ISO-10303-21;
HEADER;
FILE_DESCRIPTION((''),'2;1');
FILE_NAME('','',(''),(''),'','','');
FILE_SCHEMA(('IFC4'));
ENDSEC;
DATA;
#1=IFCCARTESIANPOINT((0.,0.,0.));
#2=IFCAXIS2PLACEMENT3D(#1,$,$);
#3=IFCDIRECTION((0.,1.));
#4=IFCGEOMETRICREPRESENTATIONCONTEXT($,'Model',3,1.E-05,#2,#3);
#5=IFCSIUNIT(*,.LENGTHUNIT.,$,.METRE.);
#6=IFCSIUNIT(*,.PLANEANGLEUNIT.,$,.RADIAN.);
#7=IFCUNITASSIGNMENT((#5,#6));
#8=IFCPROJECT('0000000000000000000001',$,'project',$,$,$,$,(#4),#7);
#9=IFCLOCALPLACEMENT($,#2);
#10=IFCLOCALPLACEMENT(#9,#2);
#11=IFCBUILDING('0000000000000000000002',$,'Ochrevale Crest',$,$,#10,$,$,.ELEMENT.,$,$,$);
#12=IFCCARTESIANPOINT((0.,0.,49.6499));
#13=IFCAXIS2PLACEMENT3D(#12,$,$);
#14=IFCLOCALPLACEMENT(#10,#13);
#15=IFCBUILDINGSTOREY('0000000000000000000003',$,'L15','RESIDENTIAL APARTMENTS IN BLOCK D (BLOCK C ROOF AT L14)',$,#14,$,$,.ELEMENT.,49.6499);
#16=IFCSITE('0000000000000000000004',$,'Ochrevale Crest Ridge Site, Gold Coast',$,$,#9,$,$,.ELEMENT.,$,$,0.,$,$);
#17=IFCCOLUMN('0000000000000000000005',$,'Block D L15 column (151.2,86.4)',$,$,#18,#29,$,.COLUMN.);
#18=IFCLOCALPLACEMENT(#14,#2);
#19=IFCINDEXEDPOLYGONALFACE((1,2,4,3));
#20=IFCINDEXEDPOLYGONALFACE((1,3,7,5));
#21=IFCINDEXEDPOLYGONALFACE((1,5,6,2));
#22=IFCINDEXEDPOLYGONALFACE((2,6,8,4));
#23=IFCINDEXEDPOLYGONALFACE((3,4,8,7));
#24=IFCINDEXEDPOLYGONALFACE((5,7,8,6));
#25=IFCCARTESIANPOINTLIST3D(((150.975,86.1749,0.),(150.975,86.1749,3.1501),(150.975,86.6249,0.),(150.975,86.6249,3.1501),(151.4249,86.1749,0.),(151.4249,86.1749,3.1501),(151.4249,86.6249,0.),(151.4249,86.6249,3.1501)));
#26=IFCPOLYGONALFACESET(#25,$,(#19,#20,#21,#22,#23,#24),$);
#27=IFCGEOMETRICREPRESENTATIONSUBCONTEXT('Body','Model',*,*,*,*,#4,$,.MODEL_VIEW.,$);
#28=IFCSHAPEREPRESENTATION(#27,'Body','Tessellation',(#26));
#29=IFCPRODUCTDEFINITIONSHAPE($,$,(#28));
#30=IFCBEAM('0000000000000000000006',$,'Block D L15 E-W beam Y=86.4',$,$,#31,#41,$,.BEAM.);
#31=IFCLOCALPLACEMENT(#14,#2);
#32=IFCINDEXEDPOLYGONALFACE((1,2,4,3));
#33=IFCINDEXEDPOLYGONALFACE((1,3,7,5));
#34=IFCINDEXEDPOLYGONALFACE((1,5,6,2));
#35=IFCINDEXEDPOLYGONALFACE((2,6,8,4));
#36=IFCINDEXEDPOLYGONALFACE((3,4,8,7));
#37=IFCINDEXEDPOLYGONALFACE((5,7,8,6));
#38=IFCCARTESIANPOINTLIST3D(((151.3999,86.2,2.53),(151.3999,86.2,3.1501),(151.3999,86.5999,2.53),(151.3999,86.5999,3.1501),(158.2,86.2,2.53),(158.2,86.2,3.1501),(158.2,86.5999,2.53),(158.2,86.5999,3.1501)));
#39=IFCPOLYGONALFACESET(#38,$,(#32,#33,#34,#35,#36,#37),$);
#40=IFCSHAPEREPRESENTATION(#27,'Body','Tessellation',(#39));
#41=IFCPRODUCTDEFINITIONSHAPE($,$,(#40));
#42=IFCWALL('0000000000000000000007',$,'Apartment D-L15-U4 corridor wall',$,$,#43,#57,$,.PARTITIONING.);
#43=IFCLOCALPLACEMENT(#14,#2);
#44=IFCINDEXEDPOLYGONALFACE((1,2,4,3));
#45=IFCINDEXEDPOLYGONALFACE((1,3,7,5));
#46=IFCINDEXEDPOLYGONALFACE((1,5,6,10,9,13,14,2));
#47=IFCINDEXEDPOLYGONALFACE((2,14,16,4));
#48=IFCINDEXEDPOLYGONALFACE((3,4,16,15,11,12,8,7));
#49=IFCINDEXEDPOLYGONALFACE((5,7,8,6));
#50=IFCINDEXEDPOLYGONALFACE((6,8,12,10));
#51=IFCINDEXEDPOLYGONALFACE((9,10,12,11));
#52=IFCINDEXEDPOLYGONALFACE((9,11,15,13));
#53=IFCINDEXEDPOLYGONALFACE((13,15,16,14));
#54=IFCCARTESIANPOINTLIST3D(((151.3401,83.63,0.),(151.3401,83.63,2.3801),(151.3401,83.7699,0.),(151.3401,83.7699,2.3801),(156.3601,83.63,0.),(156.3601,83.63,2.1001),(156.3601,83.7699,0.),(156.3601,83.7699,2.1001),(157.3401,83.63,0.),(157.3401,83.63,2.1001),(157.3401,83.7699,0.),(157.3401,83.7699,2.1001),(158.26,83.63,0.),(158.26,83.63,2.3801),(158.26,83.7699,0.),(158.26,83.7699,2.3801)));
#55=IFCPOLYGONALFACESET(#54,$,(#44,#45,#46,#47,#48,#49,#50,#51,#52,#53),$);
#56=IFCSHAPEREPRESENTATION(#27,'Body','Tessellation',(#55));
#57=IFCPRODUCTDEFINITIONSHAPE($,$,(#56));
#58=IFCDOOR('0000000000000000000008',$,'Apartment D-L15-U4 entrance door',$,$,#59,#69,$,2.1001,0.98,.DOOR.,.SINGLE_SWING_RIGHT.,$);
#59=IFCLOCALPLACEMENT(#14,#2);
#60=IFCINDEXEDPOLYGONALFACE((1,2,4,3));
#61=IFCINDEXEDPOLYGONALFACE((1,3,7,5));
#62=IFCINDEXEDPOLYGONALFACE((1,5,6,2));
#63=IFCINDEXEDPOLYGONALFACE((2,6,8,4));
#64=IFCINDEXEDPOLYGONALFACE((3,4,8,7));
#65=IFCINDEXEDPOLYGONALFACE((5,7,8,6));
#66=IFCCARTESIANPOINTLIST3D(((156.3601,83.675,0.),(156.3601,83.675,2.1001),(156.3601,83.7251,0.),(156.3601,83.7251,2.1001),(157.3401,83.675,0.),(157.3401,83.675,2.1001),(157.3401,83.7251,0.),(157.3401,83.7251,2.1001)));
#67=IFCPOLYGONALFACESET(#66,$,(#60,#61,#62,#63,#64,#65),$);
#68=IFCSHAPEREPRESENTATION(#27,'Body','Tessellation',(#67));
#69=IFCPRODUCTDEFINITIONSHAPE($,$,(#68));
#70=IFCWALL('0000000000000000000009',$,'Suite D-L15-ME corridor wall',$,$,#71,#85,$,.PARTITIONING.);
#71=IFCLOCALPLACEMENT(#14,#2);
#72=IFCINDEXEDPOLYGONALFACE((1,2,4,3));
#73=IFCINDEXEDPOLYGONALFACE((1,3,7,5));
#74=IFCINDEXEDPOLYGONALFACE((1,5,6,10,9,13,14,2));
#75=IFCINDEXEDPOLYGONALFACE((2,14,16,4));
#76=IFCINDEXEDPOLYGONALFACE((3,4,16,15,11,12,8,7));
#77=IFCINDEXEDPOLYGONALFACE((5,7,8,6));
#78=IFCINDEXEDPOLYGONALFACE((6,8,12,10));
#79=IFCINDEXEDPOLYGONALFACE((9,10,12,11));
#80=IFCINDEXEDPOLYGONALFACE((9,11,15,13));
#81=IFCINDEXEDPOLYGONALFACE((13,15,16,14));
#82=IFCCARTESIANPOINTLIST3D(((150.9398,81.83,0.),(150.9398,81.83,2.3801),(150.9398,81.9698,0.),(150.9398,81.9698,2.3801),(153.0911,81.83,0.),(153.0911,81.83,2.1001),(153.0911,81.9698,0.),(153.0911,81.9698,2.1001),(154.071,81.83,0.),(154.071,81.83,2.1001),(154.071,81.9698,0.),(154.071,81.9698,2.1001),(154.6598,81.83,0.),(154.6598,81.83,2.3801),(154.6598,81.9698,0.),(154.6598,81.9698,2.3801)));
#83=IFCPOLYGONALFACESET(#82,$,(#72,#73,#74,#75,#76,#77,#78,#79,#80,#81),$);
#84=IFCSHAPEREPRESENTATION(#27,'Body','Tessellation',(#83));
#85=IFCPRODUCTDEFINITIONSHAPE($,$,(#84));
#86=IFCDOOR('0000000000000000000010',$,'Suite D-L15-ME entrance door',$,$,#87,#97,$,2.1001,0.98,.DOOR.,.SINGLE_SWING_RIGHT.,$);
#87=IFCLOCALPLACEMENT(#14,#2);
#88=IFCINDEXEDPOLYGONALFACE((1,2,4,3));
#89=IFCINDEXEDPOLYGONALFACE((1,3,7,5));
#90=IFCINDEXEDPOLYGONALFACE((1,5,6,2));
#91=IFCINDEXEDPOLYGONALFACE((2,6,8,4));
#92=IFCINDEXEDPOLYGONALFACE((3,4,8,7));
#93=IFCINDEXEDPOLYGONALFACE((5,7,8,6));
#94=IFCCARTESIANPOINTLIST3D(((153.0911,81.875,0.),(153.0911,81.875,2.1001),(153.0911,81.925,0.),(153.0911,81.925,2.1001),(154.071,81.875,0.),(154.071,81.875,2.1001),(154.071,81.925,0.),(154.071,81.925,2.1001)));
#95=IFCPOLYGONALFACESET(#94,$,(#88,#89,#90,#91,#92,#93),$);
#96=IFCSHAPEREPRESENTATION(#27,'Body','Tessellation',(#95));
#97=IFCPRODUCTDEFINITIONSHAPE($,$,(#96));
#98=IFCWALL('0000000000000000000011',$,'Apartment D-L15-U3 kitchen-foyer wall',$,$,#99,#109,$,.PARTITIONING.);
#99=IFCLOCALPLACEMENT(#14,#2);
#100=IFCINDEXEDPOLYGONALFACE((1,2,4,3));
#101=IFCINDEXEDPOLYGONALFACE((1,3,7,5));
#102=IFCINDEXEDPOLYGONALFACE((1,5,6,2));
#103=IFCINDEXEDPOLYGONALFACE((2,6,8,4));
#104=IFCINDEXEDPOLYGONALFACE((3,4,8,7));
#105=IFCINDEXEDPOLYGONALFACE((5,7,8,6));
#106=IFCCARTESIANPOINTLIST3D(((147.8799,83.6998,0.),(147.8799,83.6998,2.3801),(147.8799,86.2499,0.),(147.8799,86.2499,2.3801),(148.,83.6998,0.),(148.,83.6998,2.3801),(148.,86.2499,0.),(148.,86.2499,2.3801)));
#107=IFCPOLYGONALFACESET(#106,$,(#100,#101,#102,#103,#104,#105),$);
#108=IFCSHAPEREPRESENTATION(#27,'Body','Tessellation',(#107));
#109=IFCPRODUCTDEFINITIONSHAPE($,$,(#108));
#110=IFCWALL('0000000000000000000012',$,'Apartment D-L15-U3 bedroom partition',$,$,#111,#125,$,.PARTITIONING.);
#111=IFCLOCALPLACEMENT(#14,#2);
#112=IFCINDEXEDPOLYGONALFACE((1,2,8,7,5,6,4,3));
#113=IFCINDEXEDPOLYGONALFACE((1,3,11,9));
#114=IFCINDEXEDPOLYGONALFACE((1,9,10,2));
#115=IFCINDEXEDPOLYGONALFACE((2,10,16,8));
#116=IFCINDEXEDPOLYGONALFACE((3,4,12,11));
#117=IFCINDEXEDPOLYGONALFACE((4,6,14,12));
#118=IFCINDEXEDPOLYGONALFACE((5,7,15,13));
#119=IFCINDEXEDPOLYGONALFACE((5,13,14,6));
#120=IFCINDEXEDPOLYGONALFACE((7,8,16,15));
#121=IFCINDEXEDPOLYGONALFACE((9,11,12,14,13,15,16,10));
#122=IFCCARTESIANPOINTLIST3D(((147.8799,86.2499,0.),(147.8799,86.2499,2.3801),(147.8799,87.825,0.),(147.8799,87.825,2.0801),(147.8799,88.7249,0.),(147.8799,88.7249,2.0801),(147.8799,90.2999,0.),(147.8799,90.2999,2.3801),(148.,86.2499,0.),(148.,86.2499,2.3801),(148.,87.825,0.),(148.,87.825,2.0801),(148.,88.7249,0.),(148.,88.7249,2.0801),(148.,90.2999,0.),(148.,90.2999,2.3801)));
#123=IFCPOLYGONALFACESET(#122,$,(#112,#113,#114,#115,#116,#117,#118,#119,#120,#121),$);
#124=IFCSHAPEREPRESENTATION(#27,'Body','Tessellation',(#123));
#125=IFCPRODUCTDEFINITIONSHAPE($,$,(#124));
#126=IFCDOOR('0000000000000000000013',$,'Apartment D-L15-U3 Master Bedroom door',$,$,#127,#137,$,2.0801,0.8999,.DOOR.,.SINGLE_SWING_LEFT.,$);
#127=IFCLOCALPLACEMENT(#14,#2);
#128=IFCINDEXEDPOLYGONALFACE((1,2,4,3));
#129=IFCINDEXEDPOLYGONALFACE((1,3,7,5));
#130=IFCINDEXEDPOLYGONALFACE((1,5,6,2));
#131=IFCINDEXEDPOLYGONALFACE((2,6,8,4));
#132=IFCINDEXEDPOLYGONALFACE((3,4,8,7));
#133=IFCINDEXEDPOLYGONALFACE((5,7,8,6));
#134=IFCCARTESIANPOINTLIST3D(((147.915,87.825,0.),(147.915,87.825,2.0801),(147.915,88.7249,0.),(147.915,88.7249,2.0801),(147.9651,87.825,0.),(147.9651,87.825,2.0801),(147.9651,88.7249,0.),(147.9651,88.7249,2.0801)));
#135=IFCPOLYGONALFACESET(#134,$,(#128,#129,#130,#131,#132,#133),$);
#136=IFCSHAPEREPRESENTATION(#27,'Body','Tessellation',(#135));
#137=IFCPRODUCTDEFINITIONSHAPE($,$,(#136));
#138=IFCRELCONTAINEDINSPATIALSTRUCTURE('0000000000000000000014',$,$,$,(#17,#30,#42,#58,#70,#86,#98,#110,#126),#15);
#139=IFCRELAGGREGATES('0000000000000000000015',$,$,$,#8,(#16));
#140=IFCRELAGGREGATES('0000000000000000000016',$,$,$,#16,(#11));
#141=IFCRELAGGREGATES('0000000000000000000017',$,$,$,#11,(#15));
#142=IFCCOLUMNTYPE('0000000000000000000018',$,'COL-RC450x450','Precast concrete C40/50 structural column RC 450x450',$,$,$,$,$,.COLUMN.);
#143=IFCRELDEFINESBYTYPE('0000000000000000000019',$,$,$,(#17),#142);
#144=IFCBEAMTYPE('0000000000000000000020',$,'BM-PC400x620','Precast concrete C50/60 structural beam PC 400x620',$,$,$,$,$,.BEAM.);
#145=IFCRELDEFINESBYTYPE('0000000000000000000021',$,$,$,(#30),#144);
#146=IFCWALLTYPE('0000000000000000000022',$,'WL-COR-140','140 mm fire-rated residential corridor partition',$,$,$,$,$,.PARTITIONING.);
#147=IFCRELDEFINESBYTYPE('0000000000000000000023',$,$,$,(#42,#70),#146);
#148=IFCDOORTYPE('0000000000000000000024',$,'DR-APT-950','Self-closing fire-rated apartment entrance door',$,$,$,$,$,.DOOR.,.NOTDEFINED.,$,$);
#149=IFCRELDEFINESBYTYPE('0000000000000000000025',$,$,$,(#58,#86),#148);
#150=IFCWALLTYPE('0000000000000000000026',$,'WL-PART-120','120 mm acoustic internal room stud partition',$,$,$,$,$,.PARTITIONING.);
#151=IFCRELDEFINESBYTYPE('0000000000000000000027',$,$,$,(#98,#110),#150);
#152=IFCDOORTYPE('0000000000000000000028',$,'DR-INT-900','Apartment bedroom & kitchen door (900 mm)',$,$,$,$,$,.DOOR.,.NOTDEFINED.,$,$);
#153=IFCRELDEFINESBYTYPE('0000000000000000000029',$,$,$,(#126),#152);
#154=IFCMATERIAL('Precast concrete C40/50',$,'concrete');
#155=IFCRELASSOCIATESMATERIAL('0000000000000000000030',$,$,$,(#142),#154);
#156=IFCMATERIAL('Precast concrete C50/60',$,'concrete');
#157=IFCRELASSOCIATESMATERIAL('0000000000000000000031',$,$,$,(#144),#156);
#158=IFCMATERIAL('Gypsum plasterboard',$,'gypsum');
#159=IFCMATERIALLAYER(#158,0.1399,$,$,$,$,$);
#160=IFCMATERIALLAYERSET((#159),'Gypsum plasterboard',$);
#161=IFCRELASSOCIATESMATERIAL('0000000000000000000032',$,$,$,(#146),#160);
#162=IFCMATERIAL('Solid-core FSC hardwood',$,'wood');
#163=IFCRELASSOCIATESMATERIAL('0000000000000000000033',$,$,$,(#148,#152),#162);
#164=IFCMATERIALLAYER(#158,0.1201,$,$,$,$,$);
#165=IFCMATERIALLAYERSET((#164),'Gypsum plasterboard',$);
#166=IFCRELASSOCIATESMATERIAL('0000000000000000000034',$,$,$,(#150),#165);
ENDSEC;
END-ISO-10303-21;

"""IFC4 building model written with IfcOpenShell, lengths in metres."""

from ifc_helpers import new_model, si_unit, direction, frame, frame_2d, origin, origin_2d, place, context, subcontext, project, spatial, rectangle, extrude, material, layer, layer_set, material_profile, profile_set, type_object, element, fill, save


model = new_model("IFC4")

# Units and contexts
model_context = context("Model", 3, precision=1e-05, world=origin(), true_north=direction((0.0, 1.0)))
body_context = subcontext(model_context, "Body", "Model", "MODEL_VIEW")
ifc_project = project(units=[si_unit("LENGTHUNIT", "METRE"), si_unit("PLANEANGLEUNIT", "RADIAN")], contexts=[model_context])

# Site, building, storey
site_placement = place(None, origin())
site = spatial("IfcSite", under=ifc_project, at=site_placement, Name="Ochrevale Crest Ridge Site, Gold Coast", CompositionType="ELEMENT", RefElevation=0.0)
building_placement = place(site_placement, origin())
building = spatial("IfcBuilding", under=site, at=building_placement, Name="Ochrevale Crest", CompositionType="ELEMENT")
storey_placement = place(building_placement, frame((0.0, 0.0, 49.6499)))
storey = spatial("IfcBuildingStorey", under=building, at=storey_placement, Name="L15", Description="RESIDENTIAL APARTMENTS IN BLOCK D (BLOCK C ROOF AT L14)", CompositionType="ELEMENT", Elevation=49.6499)

# Column
ifc_material_1 = material(Name="Precast concrete C40/50", Category="concrete")
ifc_material_profile_1 = material_profile(ifc_material_1, rectangle(XDim=0.45, YDim=0.45, at=origin_2d()), Name="RC 450x450")
ifc_profile_set_1 = profile_set([ifc_material_profile_1], Name="Precast concrete C40/50")
column_type = type_object("IfcColumnType", Name="COL-RC450x450", Description="Precast concrete C40/50 structural column RC 450x450", PredefinedType="COLUMN", material=ifc_profile_set_1)
column_placement = place(storey_placement, frame((151.2, 86.3999, 0.0), z_axis=(0.0, 0.0, 1.0), x_axis=(1.0, 0.0, 0.0)))
element("IfcColumn", 1, at=column_placement, inside=storey, type_object=column_type, Name="Block D L15 column (151.2,86.4)", PredefinedType="COLUMN", context=body_context, shape_type="SweptSolid", body=[
    extrude(rectangle(XDim=0.45, YDim=0.45, at=origin_2d()), origin(), (0.0, 0.0, 1.0), 3.1501),
])

# Beam
ifc_material_2 = material(Name="Precast concrete C50/60", Category="concrete")
ifc_material_profile_2 = material_profile(ifc_material_2, rectangle(XDim=0.3999, YDim=0.6201, at=origin_2d()), Name="PC 400x620")
ifc_profile_set_2 = profile_set([ifc_material_profile_2], Name="Precast concrete C50/60")
beam_type = type_object("IfcBeamType", Name="BM-PC400x620", Description="Precast concrete C50/60 structural beam PC 400x620", PredefinedType="BEAM", material=ifc_profile_set_2)
beam_placement = place(storey_placement, frame((151.3999, 86.3999, 2.8401), z_axis=(1.0, 0.0, 0.0), x_axis=(0.0, 1.0, 0.0)))
element("IfcBeam", 2, at=beam_placement, inside=storey, type_object=beam_type, Name="Block D L15 E-W beam Y=86.4", PredefinedType="BEAM", context=body_context, shape_type="SweptSolid", body=[
    extrude(rectangle(XDim=0.3999, YDim=0.6201, at=origin_2d()), origin(), (0.0, 0.0, 1.0), 6.8),
])

# Walls, openings, doors
ifc_material_3 = material(Name="Gypsum plasterboard", Category="gypsum")
ifc_layer_1 = layer(ifc_material_3, 0.1399)
ifc_layer_set_1 = layer_set([ifc_layer_1], Name="Gypsum plasterboard")
wall_type_1 = type_object("IfcWallType", Name="WL-COR-140", Description="140 mm fire-rated residential corridor partition", PredefinedType="PARTITIONING", material=ifc_layer_set_1)
wall_1_placement = place(storey_placement, frame((151.3401, 83.7, 0.0), z_axis=(0.0, 0.0, 1.0), x_axis=(1.0, 0.0, 0.0)))
wall_1 = element("IfcWall", 3, at=wall_1_placement, inside=storey, type_object=wall_type_1, Name="Apartment D-L15-U4 corridor wall", PredefinedType="PARTITIONING", context=body_context, shape_type="SweptSolid", body=[
    extrude(rectangle(XDim=6.9199, YDim=0.1399, at=frame_2d((3.46, 0.0))), origin(), (0.0, 0.0, 1.0), 2.3801),
])
opening_1_placement = place(wall_1_placement, frame((6.0, 0.0, 0.0), z_axis=(0.0, 0.0, 1.0), x_axis=(-1.0, 0.0, 0.0)))
opening_1 = element("IfcOpeningElement", 4, at=opening_1_placement, cuts=wall_1, PredefinedType="OPENING", context=body_context, shape_type="SweptSolid", body=[
    extrude(rectangle(XDim=0.98, YDim=2.1001, at=frame_2d((0.49, 1.05))), frame((0.0, 0.0801, 0.0), z_axis=(0.0, -1.0, 0.0), x_axis=(1.0, 0.0, 0.0)), (0.0, 0.0, 1.0), 0.1599),
])
ifc_material_4 = material(Name="Solid-core FSC hardwood", Category="wood")
door_type_1 = type_object("IfcDoorType", Name="DR-APT-950", Description="Self-closing fire-rated apartment entrance door", OperationType="NOTDEFINED", PredefinedType="DOOR", material=ifc_material_4)
door_1_placement = place(opening_1_placement, origin())
door_1 = element("IfcDoor", 5, at=door_1_placement, inside=storey, type_object=door_type_1, Name="Apartment D-L15-U4 entrance door", OperationType="SINGLE_SWING_RIGHT", OverallHeight=2.1001, OverallWidth=0.98, PredefinedType="DOOR", context=body_context, shape_type="SweptSolid", body=[
    extrude(rectangle(XDim=0.98, YDim=2.1001, at=frame_2d((0.49, 1.05))), frame((0.0, 0.0249, 0.0), z_axis=(0.0, -1.0, 0.0), x_axis=(1.0, 0.0, 0.0)), (0.0, 0.0, 1.0), 0.05),
])
fill(opening_1, door_1)
wall_2_placement = place(storey_placement, frame((150.9399, 81.8999, 0.0), z_axis=(0.0, 0.0, 1.0), x_axis=(1.0, 0.0, 0.0)))
wall_2 = element("IfcWall", 6, at=wall_2_placement, inside=storey, type_object=wall_type_1, Name="Suite D-L15-ME corridor wall", PredefinedType="PARTITIONING", context=body_context, shape_type="SweptSolid", body=[
    extrude(rectangle(XDim=3.72, YDim=0.1399, at=frame_2d((1.8599, 0.0))), origin(), (0.0, 0.0, 1.0), 2.3801),
])
opening_2_placement = place(wall_2_placement, frame((3.1311, 0.0, 0.0), z_axis=(0.0, 0.0, 1.0), x_axis=(-1.0, 0.0, 0.0)))
opening_2 = element("IfcOpeningElement", 7, at=opening_2_placement, cuts=wall_2, PredefinedType="OPENING", context=body_context, shape_type="SweptSolid", body=[
    extrude(rectangle(XDim=0.98, YDim=2.1001, at=frame_2d((0.49, 1.05))), frame((0.0, 0.0801, 0.0), z_axis=(0.0, -1.0, 0.0), x_axis=(1.0, 0.0, 0.0)), (0.0, 0.0, 1.0), 0.1599),
])
door_2_placement = place(opening_2_placement, origin())
door_2 = element("IfcDoor", 8, at=door_2_placement, inside=storey, type_object=door_type_1, Name="Suite D-L15-ME entrance door", OperationType="SINGLE_SWING_RIGHT", OverallHeight=2.1001, OverallWidth=0.98, PredefinedType="DOOR", context=body_context, shape_type="SweptSolid", body=[
    extrude(rectangle(XDim=0.98, YDim=2.1001, at=frame_2d((0.49, 1.05))), frame((0.0, 0.0249, 0.0), z_axis=(0.0, -1.0, 0.0), x_axis=(1.0, 0.0, 0.0)), (0.0, 0.0, 1.0), 0.05),
])
fill(opening_2, door_2)

# Wall
ifc_layer_2 = layer(ifc_material_3, 0.1201)
ifc_layer_set_2 = layer_set([ifc_layer_2], Name="Gypsum plasterboard")
wall_type_2 = type_object("IfcWallType", Name="WL-PART-120", Description="120 mm acoustic internal room stud partition", PredefinedType="PARTITIONING", material=ifc_layer_set_2)
wall_3_placement = place(storey_placement, frame((147.9399, 83.7, 0.0), z_axis=(0.0, 0.0, 1.0), x_axis=(0.0, 1.0, 0.0)))
element("IfcWall", 9, at=wall_3_placement, inside=storey, type_object=wall_type_2, Name="Apartment D-L15-U3 kitchen-foyer wall", PredefinedType="PARTITIONING", context=body_context, shape_type="SweptSolid", body=[
    extrude(rectangle(XDim=2.55, YDim=0.1201, at=frame_2d((1.2749, 0.0))), origin(), (0.0, 0.0, 1.0), 2.3801),
])

# Wall, opening, door
wall_4_placement = place(storey_placement, frame((147.9399, 86.25, 0.0), z_axis=(0.0, 0.0, 1.0), x_axis=(0.0, 1.0, 0.0)))
wall_4 = element("IfcWall", 10, at=wall_4_placement, inside=storey, type_object=wall_type_2, Name="Apartment D-L15-U3 bedroom partition", PredefinedType="PARTITIONING", context=body_context, shape_type="SweptSolid", body=[
    extrude(rectangle(XDim=4.05, YDim=0.1201, at=frame_2d((2.0249, 0.0))), origin(), (0.0, 0.0, 1.0), 2.3801),
])
opening_3_placement = place(wall_4_placement, frame((1.575, 0.0, 0.0)))
opening_3 = element("IfcOpeningElement", 11, at=opening_3_placement, cuts=wall_4, PredefinedType="OPENING", context=body_context, shape_type="SweptSolid", body=[
    extrude(rectangle(XDim=0.8999, YDim=2.0801, at=frame_2d((0.45, 1.04))), frame((0.0, 0.0701, 0.0), z_axis=(0.0, -1.0, 0.0), x_axis=(1.0, 0.0, 0.0)), (0.0, 0.0, 1.0), 0.1401),
])
door_type_2 = type_object("IfcDoorType", Name="DR-INT-900", Description="Apartment bedroom & kitchen door (900 mm)", OperationType="NOTDEFINED", PredefinedType="DOOR", material=ifc_material_4)
door_3_placement = place(opening_3_placement, origin())
door_3 = element("IfcDoor", 12, at=door_3_placement, inside=storey, type_object=door_type_2, Name="Apartment D-L15-U3 Master Bedroom door", OperationType="SINGLE_SWING_LEFT", OverallHeight=2.0801, OverallWidth=0.8999, PredefinedType="DOOR", context=body_context, shape_type="SweptSolid", body=[
    extrude(rectangle(XDim=0.8999, YDim=2.0801, at=frame_2d((0.45, 1.04))), frame((0.0, 0.0249, 0.0), z_axis=(0.0, -1.0, 0.0), x_axis=(1.0, 0.0, 0.0)), (0.0, 0.0, 1.0), 0.05),
])
fill(opening_3, door_3)

save(model, "model.ifc")
